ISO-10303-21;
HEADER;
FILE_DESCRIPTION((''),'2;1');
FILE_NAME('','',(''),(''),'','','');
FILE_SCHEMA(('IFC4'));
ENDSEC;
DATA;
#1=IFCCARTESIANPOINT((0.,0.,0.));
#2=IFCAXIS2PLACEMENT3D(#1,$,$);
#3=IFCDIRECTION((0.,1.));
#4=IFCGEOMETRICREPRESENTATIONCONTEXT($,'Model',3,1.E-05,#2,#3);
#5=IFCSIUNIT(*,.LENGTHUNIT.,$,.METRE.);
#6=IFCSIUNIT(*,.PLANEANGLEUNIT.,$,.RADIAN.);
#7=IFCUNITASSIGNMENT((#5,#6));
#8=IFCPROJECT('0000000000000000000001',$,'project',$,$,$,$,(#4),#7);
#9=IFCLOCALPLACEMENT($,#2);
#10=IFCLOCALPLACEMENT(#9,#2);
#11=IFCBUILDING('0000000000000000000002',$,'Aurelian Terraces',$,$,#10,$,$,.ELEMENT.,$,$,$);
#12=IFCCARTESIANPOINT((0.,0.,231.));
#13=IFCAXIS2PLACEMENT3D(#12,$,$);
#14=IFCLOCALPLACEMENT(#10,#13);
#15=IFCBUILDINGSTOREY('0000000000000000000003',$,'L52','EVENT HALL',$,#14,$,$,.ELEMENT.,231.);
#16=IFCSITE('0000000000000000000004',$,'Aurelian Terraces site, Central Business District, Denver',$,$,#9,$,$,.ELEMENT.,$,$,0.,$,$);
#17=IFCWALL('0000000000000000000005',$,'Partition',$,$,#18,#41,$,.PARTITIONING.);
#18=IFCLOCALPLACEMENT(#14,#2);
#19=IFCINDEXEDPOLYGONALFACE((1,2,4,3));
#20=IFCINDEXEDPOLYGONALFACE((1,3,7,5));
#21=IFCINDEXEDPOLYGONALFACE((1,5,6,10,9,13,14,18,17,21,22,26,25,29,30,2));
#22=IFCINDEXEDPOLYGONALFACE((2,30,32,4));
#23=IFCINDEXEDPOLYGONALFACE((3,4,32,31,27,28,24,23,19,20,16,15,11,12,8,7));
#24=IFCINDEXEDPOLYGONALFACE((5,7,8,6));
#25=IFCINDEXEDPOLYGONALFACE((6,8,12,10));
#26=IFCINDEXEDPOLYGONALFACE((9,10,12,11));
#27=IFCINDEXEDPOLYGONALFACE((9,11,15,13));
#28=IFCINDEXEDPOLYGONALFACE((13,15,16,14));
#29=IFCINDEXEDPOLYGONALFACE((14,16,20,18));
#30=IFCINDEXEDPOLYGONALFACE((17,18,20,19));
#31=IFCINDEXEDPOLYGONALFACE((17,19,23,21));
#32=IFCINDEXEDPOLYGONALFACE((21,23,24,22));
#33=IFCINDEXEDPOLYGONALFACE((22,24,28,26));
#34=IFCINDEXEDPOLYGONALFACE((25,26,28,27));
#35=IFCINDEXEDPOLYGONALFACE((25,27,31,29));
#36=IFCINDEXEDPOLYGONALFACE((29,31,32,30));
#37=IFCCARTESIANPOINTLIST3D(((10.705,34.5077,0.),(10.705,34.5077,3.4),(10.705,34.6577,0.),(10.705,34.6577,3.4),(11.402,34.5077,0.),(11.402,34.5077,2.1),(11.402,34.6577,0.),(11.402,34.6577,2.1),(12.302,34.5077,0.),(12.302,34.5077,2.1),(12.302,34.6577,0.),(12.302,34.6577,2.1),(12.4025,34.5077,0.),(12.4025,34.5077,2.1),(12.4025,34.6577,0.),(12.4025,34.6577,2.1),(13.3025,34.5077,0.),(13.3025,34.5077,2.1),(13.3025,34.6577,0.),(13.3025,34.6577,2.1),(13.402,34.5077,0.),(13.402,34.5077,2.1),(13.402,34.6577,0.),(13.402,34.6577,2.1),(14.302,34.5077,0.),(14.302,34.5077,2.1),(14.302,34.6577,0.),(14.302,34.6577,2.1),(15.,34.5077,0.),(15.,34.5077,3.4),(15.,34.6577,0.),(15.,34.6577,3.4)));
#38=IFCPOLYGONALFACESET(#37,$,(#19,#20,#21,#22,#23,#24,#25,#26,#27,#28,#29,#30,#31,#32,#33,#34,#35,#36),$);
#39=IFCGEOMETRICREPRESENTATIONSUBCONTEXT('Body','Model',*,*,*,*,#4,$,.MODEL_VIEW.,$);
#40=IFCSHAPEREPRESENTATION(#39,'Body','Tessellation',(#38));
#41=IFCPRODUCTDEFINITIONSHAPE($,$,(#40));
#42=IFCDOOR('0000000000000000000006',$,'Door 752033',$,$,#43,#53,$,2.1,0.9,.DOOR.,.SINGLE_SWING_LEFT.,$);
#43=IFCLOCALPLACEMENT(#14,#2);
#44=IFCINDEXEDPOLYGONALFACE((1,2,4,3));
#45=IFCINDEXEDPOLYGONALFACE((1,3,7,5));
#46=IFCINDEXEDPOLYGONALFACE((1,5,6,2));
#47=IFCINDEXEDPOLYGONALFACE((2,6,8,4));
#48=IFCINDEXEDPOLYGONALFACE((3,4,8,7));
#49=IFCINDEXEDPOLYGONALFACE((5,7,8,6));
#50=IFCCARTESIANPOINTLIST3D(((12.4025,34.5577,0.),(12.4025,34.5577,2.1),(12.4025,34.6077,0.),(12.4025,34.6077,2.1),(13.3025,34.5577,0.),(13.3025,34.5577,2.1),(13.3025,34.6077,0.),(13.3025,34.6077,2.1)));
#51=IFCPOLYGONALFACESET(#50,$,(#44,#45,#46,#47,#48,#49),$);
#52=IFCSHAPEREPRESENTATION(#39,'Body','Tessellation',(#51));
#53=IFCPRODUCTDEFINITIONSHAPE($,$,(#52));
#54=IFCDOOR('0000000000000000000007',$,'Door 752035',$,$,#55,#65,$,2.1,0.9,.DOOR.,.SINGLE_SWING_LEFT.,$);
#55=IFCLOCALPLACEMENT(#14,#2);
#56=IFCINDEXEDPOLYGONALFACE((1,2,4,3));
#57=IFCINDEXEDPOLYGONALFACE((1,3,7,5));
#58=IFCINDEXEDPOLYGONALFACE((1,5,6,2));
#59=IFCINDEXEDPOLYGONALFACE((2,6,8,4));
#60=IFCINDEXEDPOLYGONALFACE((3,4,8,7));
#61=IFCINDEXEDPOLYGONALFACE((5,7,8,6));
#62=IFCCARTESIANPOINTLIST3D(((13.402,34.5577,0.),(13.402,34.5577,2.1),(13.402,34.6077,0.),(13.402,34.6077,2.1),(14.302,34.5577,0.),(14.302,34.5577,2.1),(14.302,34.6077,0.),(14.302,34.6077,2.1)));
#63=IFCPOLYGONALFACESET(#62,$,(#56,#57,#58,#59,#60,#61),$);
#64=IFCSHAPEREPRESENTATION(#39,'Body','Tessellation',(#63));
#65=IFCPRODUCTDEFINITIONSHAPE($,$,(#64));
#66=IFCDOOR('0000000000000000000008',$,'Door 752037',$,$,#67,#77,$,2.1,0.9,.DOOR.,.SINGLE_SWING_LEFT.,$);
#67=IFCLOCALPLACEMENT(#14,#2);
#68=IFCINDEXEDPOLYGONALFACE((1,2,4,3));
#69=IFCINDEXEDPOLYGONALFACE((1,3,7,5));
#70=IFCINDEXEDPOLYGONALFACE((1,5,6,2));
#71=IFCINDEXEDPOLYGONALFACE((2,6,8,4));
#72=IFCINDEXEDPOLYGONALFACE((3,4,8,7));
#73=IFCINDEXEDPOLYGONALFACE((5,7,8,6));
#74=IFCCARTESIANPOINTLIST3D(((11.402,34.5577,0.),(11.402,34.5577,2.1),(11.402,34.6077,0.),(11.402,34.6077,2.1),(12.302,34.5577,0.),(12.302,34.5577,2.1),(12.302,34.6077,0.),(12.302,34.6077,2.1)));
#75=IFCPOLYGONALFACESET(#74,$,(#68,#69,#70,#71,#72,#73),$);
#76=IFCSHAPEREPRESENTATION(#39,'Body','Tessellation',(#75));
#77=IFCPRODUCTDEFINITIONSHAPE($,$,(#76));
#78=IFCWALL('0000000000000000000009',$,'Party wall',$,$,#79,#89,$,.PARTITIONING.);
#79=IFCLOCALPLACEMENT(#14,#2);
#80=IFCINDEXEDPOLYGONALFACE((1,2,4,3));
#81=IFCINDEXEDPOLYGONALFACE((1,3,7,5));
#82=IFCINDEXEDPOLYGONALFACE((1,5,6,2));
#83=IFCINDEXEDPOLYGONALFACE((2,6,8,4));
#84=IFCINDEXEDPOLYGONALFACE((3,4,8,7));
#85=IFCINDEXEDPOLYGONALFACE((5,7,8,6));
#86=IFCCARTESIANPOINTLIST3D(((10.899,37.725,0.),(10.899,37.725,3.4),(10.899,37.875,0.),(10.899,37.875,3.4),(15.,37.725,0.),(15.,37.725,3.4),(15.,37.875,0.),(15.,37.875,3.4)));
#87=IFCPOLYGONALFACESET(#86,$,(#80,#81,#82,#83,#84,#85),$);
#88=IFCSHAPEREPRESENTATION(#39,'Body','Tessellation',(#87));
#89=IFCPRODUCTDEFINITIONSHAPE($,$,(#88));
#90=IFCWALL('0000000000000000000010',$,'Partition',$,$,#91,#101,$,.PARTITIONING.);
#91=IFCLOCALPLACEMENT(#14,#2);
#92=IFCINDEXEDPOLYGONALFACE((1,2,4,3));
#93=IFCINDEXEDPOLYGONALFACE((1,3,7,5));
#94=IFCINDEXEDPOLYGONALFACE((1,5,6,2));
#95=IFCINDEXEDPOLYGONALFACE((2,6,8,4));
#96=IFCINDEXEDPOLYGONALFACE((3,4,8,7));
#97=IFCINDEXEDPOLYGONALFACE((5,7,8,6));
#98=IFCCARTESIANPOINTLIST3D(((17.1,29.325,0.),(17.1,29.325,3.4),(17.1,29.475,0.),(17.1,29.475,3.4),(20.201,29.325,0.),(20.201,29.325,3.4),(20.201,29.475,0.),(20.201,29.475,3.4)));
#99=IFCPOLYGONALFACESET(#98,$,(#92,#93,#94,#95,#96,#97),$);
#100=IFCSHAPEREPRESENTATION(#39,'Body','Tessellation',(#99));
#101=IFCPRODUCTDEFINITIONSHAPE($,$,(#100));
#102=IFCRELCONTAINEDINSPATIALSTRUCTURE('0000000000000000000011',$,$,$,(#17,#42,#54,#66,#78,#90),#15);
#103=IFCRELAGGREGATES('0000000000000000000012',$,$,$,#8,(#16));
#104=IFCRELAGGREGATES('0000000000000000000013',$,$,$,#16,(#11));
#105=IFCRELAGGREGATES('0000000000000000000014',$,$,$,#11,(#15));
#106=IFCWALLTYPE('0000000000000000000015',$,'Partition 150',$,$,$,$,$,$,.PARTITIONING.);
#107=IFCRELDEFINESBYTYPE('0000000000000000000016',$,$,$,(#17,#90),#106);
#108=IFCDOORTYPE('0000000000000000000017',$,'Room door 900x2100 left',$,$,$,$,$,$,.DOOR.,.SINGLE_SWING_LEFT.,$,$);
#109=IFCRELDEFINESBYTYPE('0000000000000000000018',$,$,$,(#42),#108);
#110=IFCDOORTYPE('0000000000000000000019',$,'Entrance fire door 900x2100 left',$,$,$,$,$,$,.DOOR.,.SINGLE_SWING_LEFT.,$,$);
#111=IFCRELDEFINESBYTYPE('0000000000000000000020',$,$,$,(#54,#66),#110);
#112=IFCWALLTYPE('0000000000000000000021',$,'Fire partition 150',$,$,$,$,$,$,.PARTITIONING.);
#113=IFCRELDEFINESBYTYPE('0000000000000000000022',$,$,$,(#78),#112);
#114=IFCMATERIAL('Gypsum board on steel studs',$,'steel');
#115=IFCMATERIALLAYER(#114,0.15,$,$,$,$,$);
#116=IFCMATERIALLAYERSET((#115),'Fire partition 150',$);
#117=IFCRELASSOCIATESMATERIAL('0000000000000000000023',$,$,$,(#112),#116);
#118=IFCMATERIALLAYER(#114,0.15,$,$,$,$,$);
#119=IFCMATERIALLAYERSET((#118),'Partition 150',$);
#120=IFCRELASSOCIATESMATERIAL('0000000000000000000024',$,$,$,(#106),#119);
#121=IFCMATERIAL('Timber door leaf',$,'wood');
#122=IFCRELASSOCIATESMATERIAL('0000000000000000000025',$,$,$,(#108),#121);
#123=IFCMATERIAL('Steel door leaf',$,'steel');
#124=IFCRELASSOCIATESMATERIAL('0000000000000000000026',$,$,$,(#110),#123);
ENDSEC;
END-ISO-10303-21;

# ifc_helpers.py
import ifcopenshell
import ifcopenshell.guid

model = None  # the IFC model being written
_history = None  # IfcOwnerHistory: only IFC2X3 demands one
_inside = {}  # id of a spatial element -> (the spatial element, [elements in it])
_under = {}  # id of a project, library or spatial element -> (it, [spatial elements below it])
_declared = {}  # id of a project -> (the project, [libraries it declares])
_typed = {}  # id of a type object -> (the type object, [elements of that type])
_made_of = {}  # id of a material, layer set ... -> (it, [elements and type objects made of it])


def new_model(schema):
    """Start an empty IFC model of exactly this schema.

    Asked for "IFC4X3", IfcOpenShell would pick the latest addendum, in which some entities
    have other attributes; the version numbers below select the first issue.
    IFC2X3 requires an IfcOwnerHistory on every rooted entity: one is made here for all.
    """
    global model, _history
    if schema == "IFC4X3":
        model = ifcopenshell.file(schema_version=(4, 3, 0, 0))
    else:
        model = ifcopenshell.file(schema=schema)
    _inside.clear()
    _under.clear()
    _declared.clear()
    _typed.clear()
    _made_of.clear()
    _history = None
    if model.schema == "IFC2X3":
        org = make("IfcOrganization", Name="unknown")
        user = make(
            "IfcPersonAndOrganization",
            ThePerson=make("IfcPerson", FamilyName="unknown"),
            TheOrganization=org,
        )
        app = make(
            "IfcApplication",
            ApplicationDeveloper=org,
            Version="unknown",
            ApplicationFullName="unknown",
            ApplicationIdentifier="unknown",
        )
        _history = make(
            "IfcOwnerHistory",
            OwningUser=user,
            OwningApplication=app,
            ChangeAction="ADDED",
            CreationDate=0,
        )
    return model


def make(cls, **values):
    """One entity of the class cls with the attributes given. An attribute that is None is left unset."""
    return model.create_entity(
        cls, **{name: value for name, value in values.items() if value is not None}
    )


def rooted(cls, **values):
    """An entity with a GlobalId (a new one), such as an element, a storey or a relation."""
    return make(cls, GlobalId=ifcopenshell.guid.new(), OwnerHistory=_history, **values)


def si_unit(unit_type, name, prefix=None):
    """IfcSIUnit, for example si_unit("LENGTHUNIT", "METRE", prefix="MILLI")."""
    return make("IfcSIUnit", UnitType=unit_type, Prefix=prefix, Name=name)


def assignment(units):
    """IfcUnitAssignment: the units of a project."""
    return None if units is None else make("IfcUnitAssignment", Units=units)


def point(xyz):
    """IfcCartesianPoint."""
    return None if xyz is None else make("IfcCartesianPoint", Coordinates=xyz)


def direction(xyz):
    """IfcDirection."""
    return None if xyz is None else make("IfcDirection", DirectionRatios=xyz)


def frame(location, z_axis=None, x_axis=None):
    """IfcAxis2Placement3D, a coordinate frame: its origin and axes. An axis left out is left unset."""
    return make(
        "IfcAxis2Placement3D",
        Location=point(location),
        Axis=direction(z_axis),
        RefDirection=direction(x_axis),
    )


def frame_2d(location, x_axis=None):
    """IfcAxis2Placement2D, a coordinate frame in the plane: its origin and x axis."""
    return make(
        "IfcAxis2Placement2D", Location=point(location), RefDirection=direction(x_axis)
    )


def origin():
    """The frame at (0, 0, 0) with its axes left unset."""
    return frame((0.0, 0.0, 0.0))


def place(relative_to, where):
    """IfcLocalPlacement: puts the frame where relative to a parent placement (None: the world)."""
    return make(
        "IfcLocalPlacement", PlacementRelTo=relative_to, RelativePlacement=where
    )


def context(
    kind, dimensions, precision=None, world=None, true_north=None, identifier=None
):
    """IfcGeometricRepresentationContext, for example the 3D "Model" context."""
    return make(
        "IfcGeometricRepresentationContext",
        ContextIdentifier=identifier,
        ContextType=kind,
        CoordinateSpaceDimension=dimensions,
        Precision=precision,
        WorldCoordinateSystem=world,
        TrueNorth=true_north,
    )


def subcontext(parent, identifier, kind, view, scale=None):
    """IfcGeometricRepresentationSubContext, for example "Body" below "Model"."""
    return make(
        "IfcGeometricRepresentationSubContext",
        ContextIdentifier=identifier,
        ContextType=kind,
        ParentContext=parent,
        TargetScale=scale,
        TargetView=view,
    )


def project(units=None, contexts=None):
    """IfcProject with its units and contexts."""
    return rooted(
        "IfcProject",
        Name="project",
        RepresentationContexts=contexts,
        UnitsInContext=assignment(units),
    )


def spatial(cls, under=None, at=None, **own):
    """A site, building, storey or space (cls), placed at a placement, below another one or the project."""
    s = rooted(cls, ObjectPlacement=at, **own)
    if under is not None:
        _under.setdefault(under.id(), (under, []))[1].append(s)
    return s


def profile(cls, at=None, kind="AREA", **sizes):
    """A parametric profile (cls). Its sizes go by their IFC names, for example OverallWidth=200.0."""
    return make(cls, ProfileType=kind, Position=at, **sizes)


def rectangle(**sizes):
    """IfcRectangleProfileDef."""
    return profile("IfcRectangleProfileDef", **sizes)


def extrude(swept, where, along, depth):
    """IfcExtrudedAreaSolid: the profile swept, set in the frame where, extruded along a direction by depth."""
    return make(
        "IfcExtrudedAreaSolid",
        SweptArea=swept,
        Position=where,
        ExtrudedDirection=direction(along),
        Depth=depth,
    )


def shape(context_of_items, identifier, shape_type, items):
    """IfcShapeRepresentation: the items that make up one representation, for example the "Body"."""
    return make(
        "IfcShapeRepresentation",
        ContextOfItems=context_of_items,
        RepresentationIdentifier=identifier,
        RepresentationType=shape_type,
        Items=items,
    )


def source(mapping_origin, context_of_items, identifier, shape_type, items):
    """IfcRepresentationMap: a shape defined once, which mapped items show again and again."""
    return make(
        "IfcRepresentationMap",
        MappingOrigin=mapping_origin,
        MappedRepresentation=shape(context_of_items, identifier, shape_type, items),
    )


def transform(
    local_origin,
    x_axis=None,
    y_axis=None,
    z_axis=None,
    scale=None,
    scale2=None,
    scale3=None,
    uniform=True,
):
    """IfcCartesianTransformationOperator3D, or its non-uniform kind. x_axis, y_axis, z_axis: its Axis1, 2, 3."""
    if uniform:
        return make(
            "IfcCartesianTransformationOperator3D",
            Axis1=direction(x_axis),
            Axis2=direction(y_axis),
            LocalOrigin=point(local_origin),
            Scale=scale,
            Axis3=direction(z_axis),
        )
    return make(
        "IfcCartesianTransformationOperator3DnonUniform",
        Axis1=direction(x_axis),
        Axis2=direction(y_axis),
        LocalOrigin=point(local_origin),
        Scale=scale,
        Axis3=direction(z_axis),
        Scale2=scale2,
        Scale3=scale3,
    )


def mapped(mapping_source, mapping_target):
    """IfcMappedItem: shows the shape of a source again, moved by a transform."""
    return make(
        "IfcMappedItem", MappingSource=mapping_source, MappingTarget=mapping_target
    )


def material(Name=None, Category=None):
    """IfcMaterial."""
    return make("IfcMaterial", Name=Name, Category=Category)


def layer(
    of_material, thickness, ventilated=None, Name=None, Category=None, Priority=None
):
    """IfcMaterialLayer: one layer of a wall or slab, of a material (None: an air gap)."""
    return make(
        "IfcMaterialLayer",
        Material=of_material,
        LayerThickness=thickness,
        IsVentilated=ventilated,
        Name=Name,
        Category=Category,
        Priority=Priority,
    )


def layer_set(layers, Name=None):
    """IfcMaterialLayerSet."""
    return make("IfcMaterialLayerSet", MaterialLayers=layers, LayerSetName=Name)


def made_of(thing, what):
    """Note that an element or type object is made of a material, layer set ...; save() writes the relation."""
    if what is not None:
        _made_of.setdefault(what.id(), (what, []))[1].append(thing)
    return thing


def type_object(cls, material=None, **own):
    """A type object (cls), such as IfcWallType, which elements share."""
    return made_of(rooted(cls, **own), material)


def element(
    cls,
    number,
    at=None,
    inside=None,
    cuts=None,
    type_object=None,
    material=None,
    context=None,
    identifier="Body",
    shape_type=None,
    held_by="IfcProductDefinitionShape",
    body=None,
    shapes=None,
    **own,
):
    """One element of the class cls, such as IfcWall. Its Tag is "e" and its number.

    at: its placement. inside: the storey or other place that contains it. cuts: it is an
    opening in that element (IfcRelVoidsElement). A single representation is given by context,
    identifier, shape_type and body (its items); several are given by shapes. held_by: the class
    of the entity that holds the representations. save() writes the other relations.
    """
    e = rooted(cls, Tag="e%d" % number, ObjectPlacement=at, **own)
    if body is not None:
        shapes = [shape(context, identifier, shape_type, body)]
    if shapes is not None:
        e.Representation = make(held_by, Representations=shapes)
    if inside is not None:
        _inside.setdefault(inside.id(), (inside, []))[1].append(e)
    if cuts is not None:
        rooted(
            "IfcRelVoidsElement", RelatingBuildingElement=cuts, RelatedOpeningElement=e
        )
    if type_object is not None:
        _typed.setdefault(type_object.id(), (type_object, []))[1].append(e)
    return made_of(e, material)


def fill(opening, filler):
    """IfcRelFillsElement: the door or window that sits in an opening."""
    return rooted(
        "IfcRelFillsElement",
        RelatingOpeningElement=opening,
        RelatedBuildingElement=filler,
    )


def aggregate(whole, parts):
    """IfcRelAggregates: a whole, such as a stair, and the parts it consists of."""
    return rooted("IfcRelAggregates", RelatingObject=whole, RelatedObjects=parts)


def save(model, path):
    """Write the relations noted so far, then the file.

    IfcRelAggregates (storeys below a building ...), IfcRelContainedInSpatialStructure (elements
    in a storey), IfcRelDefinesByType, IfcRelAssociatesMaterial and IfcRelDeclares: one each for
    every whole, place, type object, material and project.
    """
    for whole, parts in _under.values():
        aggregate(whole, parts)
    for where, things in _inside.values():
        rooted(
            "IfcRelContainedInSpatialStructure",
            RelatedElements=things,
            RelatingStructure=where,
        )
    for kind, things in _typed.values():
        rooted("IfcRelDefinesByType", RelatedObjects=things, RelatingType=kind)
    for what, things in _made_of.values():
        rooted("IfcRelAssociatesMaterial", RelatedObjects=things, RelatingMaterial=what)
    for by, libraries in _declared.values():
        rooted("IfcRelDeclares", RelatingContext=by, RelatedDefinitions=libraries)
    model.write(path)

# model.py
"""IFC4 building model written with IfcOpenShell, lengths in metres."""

from ifc_helpers import new_model, si_unit, direction, frame, frame_2d, origin, place, context, subcontext, project, spatial, rectangle, extrude, source, transform, mapped, material, layer, layer_set, type_object, element, fill, save


model = new_model("IFC4")

# Units and contexts
model_context = context("Model", 3, precision=1e-05, world=origin(), true_north=direction((0.0, 1.0)))
body_context = subcontext(model_context, "Body", "Model", "MODEL_VIEW")
ifc_project = project(units=[si_unit("LENGTHUNIT", "METRE"), si_unit("PLANEANGLEUNIT", "RADIAN")], contexts=[model_context])

# Site, building, storey
site_placement = place(None, origin())
site = spatial("IfcSite", under=ifc_project, at=site_placement, Name="Aurelian Terraces site, Central Business District, Denver", CompositionType="ELEMENT", RefElevation=0.0)
building_placement = place(site_placement, origin())
building = spatial("IfcBuilding", under=site, at=building_placement, Name="Aurelian Terraces", CompositionType="ELEMENT")
storey_placement = place(building_placement, frame((0.0, 0.0, 231.0)))
storey = spatial("IfcBuildingStorey", under=building, at=storey_placement, Name="L52", Description="EVENT HALL", CompositionType="ELEMENT", Elevation=231.0)

# Shared definitions
ifc_material_1 = material(Name="Gypsum board on steel studs", Category="steel")
ifc_layer_1 = layer(ifc_material_1, 0.15)
ifc_layer_set_1 = layer_set([ifc_layer_1], Name="Fire partition 150")
wall_type_1 = type_object("IfcWallType", Name="Fire partition 150", PredefinedType="PARTITIONING", material=ifc_layer_set_1)
ifc_material_2 = material(Name="Steel door leaf", Category="steel")
ifc_layer_2 = layer(ifc_material_1, 0.15)
ifc_layer_set_2 = layer_set([ifc_layer_2], Name="Partition 150")
wall_type_2 = type_object("IfcWallType", Name="Partition 150", PredefinedType="PARTITIONING", material=ifc_layer_set_2)
shared_shape_1 = source(origin(), body_context, "Body", "SweptSolid", [
    extrude(rectangle(XDim=4.295, YDim=0.15, at=frame_2d((2.1475, 0.0))), origin(), (0.0, 0.0, 1.0), 3.4),
])
shared_shape_2 = source(origin(), body_context, "Body", "SweptSolid", [
    extrude(rectangle(XDim=0.9, YDim=2.1, at=frame_2d((0.45, 1.05))), frame((0.0, 0.085, 0.0), z_axis=(0.0, -1.0, 0.0), x_axis=(1.0, 0.0, 0.0)), (0.0, 0.0, 1.0), 0.17),
])
ifc_material_3 = material(Name="Timber door leaf", Category="wood")
door_type_1 = type_object("IfcDoorType", Name="Room door 900x2100 left", OperationType="SINGLE_SWING_LEFT", PredefinedType="DOOR", material=ifc_material_3)
shared_shape_3 = source(origin(), body_context, "Body", "SweptSolid", [
    extrude(rectangle(XDim=0.9, YDim=2.1, at=frame_2d((0.45, 1.05))), frame((0.0, 0.025, 0.0), z_axis=(0.0, -1.0, 0.0), x_axis=(1.0, 0.0, 0.0)), (0.0, 0.0, 1.0), 0.05),
])

# Wall, openings, doors
wall_1_placement = place(storey_placement, frame((15.0, 34.5827, 0.0), z_axis=(0.0, 0.0, 1.0), x_axis=(-1.0, 0.0, 0.0)))
wall_1 = element("IfcWall", 1, at=wall_1_placement, inside=storey, type_object=wall_type_2, Name="Partition", PredefinedType="PARTITIONING", context=body_context, shape_type="MappedRepresentation", body=[
    mapped(shared_shape_1, transform((0.0, 0.0, 0.0), scale=1.0)),
])
opening_1_placement = place(wall_1_placement, frame((1.6975, 0.0, 0.0)))
opening_1 = element("IfcOpeningElement", 2, at=opening_1_placement, cuts=wall_1, PredefinedType="OPENING", context=body_context, shape_type="MappedRepresentation", body=[
    mapped(shared_shape_2, transform((0.0, 0.0, 0.0), scale=1.0)),
])
opening_2_placement = place(wall_1_placement, frame((0.698, 0.0, 0.0)))
opening_2 = element("IfcOpeningElement", 3, at=opening_2_placement, cuts=wall_1, PredefinedType="OPENING", context=body_context, shape_type="MappedRepresentation", body=[
    mapped(shared_shape_2, transform((0.0, 0.0, 0.0), scale=1.0)),
])
opening_3_placement = place(wall_1_placement, frame((2.698, 0.0, 0.0)))
opening_3 = element("IfcOpeningElement", 4, at=opening_3_placement, cuts=wall_1, PredefinedType="OPENING", context=body_context, shape_type="MappedRepresentation", body=[
    mapped(shared_shape_2, transform((0.0, 0.0, 0.0), scale=1.0)),
])
door_1_placement = place(opening_1_placement, origin())
door_1 = element("IfcDoor", 5, at=door_1_placement, inside=storey, type_object=door_type_1, Name="Door 752033", OperationType="SINGLE_SWING_LEFT", OverallHeight=2.1, OverallWidth=0.9, PredefinedType="DOOR", context=body_context, shape_type="MappedRepresentation", body=[
    mapped(shared_shape_3, transform((0.0, 0.0, 0.0), scale=1.0)),
])
fill(opening_1, door_1)
door_type_2 = type_object("IfcDoorType", Name="Entrance fire door 900x2100 left", OperationType="SINGLE_SWING_LEFT", PredefinedType="DOOR", material=ifc_material_2)
door_2_placement = place(opening_2_placement, origin())
door_2 = element("IfcDoor", 6, at=door_2_placement, inside=storey, type_object=door_type_2, Name="Door 752035", OperationType="SINGLE_SWING_LEFT", OverallHeight=2.1, OverallWidth=0.9, PredefinedType="DOOR", context=body_context, shape_type="MappedRepresentation", body=[
    mapped(shared_shape_3, transform((0.0, 0.0, 0.0), scale=1.0)),
])
fill(opening_2, door_2)
door_3_placement = place(opening_3_placement, origin())
door_3 = element("IfcDoor", 7, at=door_3_placement, inside=storey, type_object=door_type_2, Name="Door 752037", OperationType="SINGLE_SWING_LEFT", OverallHeight=2.1, OverallWidth=0.9, PredefinedType="DOOR", context=body_context, shape_type="MappedRepresentation", body=[
    mapped(shared_shape_3, transform((0.0, 0.0, 0.0), scale=1.0)),
])
fill(opening_3, door_3)

# Walls
shared_shape_4 = source(origin(), body_context, "Body", "SweptSolid", [
    extrude(rectangle(XDim=4.101, YDim=0.15, at=frame_2d((2.0505, 0.0))), origin(), (0.0, 0.0, 1.0), 3.4),
])
wall_2_placement = place(storey_placement, frame((15.0, 37.8, 0.0), z_axis=(0.0, 0.0, 1.0), x_axis=(-1.0, 0.0, 0.0)))
element("IfcWall", 8, at=wall_2_placement, inside=storey, type_object=wall_type_1, Name="Party wall", PredefinedType="PARTITIONING", context=body_context, shape_type="MappedRepresentation", body=[
    mapped(shared_shape_4, transform((0.0, 0.0, 0.0), scale=1.0)),
])
shared_shape_5 = source(origin(), body_context, "Body", "SweptSolid", [
    extrude(rectangle(XDim=3.101, YDim=0.15, at=frame_2d((1.5505, 0.0))), origin(), (0.0, 0.0, 1.0), 3.4),
])
wall_3_placement = place(storey_placement, frame((20.201, 29.4, 0.0), z_axis=(0.0, 0.0, 1.0), x_axis=(-1.0, 0.0, 0.0)))
element("IfcWall", 9, at=wall_3_placement, inside=storey, type_object=wall_type_2, Name="Partition", PredefinedType="PARTITIONING", context=body_context, shape_type="MappedRepresentation", body=[
    mapped(shared_shape_5, transform((0.0, 0.0, 0.0), scale=1.0)),
])

save(model, "model.ifc")
